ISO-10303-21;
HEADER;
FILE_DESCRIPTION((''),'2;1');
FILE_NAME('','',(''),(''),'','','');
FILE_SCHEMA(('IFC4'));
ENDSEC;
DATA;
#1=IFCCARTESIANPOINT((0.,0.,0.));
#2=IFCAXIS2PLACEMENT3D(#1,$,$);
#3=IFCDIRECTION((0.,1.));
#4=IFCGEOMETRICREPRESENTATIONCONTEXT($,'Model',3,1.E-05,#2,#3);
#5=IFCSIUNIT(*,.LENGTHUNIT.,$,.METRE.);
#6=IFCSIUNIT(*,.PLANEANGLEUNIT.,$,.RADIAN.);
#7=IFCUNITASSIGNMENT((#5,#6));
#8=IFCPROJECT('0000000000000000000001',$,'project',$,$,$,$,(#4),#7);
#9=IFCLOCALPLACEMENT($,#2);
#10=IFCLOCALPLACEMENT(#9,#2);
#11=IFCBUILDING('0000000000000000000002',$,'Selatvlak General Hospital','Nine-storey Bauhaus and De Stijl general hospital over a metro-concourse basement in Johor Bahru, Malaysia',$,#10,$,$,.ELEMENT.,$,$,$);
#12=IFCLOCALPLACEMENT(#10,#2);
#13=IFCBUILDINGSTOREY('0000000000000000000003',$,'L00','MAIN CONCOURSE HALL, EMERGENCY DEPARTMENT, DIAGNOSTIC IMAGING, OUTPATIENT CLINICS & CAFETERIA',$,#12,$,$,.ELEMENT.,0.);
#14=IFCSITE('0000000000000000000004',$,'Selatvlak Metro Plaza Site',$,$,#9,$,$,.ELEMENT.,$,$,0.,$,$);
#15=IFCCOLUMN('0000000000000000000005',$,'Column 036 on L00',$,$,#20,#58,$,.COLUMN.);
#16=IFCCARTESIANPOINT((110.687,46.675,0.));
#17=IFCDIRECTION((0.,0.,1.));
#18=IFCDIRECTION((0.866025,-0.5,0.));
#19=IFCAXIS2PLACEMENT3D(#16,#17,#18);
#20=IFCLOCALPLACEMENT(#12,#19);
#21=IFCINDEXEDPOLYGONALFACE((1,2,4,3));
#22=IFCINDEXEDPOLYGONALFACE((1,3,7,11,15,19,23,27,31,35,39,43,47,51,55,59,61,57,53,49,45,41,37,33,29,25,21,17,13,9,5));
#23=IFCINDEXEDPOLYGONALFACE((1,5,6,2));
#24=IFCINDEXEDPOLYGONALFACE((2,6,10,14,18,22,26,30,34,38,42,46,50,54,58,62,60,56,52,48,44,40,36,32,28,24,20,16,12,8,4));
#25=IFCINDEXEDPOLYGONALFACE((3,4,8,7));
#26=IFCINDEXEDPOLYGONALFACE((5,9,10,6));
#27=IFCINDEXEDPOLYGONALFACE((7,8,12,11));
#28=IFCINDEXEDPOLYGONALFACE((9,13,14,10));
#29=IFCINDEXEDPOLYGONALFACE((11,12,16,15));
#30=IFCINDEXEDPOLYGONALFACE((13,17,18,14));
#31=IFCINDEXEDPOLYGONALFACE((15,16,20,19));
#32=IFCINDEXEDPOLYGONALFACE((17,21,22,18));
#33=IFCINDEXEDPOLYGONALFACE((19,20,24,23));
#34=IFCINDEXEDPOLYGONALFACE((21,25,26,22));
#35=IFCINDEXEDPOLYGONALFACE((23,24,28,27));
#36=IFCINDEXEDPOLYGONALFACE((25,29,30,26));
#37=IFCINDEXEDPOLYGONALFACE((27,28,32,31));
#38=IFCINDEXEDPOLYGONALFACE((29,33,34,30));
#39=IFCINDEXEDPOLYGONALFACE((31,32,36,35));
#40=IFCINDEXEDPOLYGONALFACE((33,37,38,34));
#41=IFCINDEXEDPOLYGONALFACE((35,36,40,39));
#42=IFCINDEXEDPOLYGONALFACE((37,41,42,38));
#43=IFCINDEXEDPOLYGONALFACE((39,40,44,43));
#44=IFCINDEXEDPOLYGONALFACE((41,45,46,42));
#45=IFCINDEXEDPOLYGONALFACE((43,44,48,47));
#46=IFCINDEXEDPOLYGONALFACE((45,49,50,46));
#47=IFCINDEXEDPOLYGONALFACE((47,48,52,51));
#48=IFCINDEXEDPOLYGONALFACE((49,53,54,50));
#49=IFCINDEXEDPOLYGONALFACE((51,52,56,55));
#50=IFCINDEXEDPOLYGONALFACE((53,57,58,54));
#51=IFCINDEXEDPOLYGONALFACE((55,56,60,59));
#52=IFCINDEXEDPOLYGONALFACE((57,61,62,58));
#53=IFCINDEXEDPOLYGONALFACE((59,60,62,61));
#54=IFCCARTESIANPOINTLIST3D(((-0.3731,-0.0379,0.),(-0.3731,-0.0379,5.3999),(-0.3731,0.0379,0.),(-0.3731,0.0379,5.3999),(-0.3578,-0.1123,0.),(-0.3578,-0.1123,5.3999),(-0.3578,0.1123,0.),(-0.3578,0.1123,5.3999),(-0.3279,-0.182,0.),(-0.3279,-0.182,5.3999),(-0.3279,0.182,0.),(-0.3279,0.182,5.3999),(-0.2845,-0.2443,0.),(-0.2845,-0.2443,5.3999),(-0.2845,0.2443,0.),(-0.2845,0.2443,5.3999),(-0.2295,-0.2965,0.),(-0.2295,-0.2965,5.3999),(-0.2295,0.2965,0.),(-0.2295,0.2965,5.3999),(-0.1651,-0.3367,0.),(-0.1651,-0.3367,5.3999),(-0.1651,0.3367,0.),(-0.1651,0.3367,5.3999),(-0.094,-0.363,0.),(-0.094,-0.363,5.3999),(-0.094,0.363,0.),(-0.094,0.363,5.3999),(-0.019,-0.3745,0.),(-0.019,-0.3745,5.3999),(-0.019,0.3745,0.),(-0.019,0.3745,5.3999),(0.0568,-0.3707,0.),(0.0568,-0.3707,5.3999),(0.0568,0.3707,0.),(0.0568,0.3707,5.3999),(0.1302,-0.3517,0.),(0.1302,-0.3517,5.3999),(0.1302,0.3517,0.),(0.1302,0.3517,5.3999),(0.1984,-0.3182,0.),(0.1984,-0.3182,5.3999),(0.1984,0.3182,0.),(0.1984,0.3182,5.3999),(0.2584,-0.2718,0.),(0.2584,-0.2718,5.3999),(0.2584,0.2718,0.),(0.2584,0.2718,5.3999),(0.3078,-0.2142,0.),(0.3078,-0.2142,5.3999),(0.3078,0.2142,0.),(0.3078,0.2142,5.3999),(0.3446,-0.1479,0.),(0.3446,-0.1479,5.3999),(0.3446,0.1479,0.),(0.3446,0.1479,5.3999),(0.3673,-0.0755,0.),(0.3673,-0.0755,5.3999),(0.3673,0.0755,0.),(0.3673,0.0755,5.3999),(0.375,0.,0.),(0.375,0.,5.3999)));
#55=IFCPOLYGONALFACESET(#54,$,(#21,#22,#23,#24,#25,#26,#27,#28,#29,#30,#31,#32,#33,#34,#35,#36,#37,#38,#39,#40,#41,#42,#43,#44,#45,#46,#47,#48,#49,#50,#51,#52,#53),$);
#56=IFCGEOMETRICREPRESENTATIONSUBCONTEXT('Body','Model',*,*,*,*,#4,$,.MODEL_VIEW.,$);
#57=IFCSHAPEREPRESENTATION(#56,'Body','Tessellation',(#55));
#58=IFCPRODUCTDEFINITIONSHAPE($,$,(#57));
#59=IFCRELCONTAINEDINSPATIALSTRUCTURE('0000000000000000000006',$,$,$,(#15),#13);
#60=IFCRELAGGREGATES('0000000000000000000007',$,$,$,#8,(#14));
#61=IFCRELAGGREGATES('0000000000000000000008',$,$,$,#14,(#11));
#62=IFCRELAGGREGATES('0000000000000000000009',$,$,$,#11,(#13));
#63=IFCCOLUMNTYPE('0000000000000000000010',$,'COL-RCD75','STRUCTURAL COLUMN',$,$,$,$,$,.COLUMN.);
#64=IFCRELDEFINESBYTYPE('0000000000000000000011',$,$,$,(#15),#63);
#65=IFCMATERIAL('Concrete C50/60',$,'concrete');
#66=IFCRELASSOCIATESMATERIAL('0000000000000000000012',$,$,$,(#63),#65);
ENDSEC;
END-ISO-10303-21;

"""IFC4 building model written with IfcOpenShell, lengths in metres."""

from ifc_helpers import new_model, si_unit, direction, frame, origin, origin_2d, place, context, subcontext, project, spatial, circle, extrude, material, material_profile, profile_set, type_object, element, save


model = new_model("IFC4")

# Units and contexts
model_context = context("Model", 3, precision=1e-05, world=origin(), true_north=direction((0.0, 1.0)))
body_context = subcontext(model_context, "Body", "Model", "MODEL_VIEW")
ifc_project = project(units=[si_unit("LENGTHUNIT", "METRE"), si_unit("PLANEANGLEUNIT", "RADIAN")], contexts=[model_context])

# Site, building, storey
site_placement = place(None, origin())
site = spatial("IfcSite", under=ifc_project, at=site_placement, Name="Selatvlak Metro Plaza Site", CompositionType="ELEMENT", RefElevation=0.0)
building_placement = place(site_placement, origin())
building = spatial("IfcBuilding", under=site, at=building_placement, Name="Selatvlak General Hospital", Description="Nine-storey Bauhaus and De Stijl general hospital over a metro-concourse basement in Johor Bahru, Malaysia", CompositionType="ELEMENT")
storey_placement = place(building_placement, origin())
storey = spatial("IfcBuildingStorey", under=building, at=storey_placement, Name="L00", Description="MAIN CONCOURSE HALL, EMERGENCY DEPARTMENT, DIAGNOSTIC IMAGING, OUTPATIENT CLINICS & CAFETERIA", CompositionType="ELEMENT", Elevation=0.0)

# Column
ifc_material_1 = material(Name="Concrete C50/60", Category="concrete")
ifc_material_profile_1 = material_profile(ifc_material_1, circle(Radius=0.375, at=origin_2d()), Name="RC-COL D750")
ifc_profile_set_1 = profile_set([ifc_material_profile_1], Name="Concrete C50/60")
column_type_1 = type_object("IfcColumnType", Name="COL-RCD75", Description="STRUCTURAL COLUMN", PredefinedType="COLUMN", material=ifc_profile_set_1)
for number, where, z_axis, x_axis, name in (
    (1, (110.687, 46.675, 0.0), (0.0, 0.0, 1.0), (0.866025, -0.5, 0.0), "Column 036 on L00"),
):
    element("IfcColumn", number, at=place(storey_placement, frame(where, z_axis=z_axis, x_axis=x_axis)), inside=storey, type_object=column_type_1, Name=name, PredefinedType="COLUMN", context=body_context, shape_type="SweptSolid", body=[
        extrude(circle(Radius=0.375, at=origin_2d()), origin(), (0.0, 0.0, 1.0), 5.3999),
    ])

save(model, "model.ifc")
